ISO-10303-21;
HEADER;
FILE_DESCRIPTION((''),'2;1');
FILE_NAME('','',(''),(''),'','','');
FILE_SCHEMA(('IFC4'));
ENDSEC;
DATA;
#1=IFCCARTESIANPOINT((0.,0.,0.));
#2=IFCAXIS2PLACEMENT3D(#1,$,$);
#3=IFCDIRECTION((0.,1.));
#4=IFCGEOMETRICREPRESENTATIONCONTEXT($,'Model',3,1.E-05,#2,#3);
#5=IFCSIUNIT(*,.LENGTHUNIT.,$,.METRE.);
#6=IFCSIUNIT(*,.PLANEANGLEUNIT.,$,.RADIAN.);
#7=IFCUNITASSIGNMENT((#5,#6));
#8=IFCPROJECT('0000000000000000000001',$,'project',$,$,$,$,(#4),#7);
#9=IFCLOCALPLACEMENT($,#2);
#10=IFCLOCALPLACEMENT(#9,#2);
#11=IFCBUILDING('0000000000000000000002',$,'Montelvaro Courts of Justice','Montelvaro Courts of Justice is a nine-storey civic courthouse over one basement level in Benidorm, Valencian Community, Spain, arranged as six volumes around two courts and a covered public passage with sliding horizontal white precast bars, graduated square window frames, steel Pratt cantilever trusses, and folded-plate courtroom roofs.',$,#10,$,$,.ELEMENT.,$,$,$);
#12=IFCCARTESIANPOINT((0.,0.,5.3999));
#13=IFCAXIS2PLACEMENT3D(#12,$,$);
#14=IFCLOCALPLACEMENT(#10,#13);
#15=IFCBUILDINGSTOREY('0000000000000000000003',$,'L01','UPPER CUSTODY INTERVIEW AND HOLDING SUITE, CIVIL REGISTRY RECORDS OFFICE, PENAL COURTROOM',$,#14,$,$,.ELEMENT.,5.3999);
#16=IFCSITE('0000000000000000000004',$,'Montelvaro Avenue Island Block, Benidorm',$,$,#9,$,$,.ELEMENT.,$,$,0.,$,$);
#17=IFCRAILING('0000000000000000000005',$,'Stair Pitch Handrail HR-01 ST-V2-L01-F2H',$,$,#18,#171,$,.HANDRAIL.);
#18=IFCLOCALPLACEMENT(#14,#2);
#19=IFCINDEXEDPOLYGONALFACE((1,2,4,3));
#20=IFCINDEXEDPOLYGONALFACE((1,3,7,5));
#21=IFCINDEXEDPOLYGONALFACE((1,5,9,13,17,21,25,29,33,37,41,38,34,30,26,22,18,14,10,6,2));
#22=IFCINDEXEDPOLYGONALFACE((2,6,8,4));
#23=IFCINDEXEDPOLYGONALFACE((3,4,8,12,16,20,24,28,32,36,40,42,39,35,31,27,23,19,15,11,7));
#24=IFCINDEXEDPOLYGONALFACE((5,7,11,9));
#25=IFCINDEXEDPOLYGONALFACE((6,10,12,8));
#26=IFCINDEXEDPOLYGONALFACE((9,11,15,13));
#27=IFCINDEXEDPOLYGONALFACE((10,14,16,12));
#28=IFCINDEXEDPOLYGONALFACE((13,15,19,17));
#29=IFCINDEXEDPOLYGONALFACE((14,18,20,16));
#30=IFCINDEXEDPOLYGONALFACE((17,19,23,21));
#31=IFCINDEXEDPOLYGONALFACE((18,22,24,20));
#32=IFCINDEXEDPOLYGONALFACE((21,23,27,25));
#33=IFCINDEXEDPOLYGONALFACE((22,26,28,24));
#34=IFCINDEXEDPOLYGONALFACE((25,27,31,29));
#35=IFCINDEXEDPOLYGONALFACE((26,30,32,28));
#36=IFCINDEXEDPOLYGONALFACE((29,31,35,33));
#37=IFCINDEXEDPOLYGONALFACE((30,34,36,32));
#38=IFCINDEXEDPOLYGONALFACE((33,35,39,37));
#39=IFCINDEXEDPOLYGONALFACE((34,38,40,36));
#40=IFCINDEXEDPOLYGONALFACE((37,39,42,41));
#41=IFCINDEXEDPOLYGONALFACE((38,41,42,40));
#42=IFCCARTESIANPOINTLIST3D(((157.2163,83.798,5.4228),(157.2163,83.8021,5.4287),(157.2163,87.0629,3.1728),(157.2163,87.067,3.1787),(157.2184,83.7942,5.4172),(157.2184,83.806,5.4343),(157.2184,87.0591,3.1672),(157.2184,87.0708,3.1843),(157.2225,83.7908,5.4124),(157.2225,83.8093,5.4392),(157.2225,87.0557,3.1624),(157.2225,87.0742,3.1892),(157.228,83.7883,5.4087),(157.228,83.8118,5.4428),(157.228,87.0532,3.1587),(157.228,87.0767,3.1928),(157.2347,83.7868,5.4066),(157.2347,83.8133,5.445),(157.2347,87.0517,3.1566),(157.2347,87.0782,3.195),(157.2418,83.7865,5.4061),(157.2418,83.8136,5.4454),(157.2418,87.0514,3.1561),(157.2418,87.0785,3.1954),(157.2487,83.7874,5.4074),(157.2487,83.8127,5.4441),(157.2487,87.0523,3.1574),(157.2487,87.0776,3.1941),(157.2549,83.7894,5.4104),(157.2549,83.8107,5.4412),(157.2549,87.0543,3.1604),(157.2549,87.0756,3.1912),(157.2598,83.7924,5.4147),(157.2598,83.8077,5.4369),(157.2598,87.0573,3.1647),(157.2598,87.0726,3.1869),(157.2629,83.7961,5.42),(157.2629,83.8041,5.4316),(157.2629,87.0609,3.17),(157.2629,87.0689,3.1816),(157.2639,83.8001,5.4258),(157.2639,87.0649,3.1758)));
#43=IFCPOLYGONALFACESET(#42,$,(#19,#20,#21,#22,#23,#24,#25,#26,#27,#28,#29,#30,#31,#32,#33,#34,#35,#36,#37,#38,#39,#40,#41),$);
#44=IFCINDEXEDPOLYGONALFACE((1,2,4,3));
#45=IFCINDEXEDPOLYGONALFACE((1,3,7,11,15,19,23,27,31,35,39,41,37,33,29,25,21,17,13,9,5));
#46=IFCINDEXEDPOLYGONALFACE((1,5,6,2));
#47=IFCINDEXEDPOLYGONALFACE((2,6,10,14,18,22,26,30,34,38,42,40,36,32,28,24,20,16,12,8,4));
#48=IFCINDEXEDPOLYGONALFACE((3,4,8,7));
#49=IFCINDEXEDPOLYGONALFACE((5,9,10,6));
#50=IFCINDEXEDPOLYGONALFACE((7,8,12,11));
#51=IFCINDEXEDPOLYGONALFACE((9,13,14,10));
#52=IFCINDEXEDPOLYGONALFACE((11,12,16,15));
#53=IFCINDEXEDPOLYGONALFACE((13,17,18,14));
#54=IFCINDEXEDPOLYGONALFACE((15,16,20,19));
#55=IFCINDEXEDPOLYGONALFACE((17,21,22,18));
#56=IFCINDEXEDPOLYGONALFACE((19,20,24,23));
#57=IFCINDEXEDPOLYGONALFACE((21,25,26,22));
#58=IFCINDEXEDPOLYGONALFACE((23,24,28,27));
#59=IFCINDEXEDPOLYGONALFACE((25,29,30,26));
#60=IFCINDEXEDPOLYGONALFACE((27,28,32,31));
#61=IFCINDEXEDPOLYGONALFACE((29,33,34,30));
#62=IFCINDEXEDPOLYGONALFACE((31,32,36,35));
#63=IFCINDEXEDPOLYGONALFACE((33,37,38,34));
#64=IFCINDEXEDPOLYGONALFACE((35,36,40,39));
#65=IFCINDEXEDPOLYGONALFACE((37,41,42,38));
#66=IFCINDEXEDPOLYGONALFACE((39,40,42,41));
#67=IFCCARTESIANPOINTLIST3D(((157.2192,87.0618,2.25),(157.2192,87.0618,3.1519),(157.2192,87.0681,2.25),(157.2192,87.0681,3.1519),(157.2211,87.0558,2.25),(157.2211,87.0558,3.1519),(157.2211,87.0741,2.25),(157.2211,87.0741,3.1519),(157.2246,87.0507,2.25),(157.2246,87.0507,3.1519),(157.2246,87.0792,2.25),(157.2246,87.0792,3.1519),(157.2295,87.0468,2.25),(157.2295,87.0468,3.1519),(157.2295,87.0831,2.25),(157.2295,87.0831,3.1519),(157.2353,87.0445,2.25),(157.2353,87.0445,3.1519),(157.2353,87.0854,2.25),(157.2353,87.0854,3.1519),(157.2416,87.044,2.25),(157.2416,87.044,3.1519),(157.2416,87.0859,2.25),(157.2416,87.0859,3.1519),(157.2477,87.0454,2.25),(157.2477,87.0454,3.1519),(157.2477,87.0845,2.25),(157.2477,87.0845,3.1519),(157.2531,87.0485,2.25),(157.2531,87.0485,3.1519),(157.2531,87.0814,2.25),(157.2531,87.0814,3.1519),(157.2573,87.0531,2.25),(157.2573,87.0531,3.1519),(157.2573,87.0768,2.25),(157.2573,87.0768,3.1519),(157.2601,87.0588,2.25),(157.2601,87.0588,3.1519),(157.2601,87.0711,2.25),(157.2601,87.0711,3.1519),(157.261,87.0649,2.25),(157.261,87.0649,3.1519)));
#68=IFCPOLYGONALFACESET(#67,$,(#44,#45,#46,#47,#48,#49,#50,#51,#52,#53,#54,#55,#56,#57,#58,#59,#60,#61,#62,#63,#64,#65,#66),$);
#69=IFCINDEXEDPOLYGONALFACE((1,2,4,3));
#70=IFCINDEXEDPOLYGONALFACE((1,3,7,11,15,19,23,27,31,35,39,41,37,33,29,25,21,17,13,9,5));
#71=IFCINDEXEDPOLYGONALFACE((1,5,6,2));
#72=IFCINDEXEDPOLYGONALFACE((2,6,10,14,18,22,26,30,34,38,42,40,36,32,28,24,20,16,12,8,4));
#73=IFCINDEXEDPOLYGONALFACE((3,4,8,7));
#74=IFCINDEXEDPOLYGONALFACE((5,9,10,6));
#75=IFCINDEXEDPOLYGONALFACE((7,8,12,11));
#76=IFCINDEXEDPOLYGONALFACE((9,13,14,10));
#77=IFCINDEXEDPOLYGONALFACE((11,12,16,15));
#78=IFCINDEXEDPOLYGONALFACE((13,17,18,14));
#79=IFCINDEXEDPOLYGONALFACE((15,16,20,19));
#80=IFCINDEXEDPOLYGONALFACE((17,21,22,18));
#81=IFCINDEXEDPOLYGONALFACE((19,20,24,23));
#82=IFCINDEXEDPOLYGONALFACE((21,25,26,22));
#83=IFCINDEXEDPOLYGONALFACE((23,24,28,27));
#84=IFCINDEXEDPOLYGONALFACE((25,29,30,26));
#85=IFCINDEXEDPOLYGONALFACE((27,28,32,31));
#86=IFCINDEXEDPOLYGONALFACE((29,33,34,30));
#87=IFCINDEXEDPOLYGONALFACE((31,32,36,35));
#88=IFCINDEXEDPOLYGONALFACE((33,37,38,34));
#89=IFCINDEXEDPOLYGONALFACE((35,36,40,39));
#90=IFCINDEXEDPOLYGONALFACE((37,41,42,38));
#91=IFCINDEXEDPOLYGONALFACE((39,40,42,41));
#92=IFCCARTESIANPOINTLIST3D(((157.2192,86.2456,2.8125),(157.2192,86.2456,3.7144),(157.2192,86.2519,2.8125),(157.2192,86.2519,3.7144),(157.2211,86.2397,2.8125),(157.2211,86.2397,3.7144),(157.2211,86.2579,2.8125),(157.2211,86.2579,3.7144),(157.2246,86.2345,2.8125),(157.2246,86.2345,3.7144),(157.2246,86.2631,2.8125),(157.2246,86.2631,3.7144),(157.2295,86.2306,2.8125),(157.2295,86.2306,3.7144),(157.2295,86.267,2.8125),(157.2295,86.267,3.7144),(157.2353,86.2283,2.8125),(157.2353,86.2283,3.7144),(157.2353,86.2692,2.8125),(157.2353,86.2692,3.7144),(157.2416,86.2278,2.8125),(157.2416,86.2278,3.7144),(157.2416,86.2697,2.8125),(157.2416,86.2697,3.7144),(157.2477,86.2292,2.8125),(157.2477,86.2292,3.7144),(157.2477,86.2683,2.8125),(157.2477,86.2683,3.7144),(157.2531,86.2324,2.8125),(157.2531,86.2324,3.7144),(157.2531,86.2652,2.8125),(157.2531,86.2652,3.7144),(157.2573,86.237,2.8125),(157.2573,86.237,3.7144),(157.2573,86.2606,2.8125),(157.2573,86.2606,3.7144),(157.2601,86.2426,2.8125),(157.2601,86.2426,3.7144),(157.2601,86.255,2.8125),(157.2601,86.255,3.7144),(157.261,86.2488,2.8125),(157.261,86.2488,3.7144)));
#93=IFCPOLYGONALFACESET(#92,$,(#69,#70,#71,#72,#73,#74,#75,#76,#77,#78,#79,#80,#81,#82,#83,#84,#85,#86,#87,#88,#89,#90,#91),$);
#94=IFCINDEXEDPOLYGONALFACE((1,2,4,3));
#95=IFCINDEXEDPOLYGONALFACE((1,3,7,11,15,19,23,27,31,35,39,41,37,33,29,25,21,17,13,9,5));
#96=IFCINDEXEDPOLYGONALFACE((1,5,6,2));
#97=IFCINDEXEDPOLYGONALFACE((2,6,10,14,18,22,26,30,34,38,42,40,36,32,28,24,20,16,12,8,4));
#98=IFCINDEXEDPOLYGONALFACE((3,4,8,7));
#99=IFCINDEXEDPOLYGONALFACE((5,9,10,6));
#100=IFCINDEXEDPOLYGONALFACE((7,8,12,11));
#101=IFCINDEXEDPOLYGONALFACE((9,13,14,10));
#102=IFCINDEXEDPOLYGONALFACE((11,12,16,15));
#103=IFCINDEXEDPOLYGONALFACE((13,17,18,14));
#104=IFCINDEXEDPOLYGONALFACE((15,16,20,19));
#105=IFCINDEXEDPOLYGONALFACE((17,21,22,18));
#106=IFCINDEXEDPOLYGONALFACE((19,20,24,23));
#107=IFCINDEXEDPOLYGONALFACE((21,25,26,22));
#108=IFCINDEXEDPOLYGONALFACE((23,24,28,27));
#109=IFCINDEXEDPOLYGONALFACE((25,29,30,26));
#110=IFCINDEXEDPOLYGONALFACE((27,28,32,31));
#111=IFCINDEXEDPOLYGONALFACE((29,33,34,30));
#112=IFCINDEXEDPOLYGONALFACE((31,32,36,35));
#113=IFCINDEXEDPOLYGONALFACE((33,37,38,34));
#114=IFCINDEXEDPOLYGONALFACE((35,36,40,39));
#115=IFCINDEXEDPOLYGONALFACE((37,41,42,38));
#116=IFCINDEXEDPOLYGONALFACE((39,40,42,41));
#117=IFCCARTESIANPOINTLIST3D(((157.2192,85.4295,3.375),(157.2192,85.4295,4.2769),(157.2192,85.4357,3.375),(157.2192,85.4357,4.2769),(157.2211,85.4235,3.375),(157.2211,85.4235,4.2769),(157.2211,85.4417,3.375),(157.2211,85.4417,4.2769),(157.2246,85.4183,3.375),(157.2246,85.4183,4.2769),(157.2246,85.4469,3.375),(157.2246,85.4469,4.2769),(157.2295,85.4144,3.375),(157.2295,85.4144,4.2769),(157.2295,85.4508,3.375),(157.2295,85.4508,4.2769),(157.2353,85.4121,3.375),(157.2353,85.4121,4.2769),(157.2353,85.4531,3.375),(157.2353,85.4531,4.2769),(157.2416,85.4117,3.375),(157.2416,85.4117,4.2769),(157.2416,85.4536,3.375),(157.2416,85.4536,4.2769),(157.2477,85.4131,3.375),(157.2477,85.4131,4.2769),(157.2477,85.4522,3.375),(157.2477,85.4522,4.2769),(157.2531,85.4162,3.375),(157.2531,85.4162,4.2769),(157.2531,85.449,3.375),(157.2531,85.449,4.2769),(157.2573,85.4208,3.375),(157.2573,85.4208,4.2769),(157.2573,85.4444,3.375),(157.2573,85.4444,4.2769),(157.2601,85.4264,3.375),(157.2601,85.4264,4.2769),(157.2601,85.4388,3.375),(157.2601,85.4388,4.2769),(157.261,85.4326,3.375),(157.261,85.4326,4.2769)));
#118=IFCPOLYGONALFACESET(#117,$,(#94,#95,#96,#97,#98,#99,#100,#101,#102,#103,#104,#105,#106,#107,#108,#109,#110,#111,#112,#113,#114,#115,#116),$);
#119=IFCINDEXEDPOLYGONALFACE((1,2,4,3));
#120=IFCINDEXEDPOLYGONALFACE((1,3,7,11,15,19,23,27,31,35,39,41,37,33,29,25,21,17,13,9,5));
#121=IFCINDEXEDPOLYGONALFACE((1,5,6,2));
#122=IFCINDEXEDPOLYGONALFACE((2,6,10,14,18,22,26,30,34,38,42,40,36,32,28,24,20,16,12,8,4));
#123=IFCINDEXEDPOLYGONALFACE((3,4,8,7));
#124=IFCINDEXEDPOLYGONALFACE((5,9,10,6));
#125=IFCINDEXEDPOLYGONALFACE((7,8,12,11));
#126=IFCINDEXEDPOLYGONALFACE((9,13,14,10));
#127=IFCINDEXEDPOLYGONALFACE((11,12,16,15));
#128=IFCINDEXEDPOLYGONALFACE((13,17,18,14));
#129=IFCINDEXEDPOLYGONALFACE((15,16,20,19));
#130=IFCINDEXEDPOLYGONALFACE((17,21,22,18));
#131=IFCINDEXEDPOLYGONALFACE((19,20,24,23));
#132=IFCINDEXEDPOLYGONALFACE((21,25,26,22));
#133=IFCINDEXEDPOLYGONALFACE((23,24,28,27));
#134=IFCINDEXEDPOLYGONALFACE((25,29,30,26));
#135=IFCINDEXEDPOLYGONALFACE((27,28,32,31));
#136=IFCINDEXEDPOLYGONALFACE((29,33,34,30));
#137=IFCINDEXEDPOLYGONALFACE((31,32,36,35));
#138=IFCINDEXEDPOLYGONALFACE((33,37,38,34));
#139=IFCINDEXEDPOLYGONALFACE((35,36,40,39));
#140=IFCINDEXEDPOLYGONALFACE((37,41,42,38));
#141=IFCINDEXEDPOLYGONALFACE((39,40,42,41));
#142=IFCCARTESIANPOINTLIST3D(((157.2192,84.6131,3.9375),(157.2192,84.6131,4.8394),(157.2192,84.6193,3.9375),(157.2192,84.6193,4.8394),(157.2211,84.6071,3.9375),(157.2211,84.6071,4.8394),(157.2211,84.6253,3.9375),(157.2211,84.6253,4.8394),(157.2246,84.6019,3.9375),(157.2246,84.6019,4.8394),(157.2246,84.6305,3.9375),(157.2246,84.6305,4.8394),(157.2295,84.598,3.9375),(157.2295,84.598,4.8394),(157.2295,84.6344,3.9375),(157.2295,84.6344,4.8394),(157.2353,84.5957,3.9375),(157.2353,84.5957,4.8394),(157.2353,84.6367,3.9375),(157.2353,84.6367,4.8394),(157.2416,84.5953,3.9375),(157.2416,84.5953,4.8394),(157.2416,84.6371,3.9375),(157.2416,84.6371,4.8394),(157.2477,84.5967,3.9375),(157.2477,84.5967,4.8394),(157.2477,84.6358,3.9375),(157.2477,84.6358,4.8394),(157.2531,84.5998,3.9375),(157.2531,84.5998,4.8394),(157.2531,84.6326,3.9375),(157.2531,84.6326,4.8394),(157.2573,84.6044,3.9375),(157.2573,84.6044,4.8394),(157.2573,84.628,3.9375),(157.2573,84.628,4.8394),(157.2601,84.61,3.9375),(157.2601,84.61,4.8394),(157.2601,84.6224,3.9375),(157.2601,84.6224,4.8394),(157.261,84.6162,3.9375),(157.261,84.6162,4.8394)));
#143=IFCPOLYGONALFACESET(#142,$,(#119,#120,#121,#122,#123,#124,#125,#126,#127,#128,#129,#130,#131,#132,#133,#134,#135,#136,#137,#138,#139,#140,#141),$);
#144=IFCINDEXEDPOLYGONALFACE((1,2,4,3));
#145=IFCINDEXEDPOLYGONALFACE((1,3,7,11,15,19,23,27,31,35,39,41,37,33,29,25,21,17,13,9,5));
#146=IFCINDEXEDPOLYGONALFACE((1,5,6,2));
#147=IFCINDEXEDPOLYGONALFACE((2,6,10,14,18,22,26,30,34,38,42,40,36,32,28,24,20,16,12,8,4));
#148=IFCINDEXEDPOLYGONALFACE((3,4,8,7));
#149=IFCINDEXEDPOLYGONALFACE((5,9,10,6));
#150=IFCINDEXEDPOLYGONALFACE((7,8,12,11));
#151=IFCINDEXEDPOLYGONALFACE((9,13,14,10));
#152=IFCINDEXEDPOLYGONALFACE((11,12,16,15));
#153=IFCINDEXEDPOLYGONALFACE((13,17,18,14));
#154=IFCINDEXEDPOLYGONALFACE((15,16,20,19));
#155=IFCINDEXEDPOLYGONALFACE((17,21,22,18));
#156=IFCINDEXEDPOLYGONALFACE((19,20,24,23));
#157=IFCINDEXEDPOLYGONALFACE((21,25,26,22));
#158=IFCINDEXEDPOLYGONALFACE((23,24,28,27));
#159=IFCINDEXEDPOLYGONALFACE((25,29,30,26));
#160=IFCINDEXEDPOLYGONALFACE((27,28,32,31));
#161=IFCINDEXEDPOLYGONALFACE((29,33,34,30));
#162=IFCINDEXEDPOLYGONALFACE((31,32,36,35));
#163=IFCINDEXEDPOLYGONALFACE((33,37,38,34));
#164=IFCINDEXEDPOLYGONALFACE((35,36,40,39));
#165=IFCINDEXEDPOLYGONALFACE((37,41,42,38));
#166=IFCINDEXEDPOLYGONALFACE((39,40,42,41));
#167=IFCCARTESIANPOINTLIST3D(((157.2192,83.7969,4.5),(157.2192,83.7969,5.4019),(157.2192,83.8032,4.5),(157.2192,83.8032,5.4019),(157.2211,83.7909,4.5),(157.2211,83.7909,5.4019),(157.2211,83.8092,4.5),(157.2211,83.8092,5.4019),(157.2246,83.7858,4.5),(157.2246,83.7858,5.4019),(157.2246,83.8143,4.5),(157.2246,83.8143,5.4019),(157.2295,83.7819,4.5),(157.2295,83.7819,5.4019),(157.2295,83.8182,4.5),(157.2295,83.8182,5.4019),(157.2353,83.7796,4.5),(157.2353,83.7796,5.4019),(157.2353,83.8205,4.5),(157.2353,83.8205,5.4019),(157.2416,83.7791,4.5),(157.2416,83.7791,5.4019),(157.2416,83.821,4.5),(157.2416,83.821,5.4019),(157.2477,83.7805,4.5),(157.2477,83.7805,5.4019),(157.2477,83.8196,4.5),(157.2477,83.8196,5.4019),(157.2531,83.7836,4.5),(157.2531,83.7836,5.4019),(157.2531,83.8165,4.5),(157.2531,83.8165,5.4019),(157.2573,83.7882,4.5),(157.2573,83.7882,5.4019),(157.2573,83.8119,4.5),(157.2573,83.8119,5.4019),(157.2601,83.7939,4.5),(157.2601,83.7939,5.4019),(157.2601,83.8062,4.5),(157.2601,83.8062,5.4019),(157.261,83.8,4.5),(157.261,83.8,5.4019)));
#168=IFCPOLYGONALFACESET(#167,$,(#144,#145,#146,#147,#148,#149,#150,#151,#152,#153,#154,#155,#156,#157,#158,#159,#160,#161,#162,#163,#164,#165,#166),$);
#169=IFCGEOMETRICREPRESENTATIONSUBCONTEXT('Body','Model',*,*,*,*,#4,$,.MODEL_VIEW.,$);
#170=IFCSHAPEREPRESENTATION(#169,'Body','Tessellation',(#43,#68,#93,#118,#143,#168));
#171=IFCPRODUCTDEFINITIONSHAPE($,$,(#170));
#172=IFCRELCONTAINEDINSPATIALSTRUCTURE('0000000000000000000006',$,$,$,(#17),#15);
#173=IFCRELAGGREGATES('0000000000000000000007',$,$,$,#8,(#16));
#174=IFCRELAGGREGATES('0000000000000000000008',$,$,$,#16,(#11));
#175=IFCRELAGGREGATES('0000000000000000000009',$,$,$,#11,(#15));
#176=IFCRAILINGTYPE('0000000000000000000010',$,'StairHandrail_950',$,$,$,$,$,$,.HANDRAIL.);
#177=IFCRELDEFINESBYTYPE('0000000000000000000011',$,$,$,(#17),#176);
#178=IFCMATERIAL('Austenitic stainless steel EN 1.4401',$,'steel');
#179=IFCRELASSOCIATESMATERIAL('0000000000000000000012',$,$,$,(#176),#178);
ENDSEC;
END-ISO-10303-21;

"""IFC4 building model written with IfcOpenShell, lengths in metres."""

from ifc_helpers import new_model, si_unit, direction, frame, origin, origin_2d, place, context, subcontext, project, spatial, circle, extrude, material, type_object, element, save


model = new_model("IFC4")

# Units and contexts
model_context = context("Model", 3, precision=1e-05, world=origin(), true_north=direction((0.0, 1.0)))
body_context = subcontext(model_context, "Body", "Model", "MODEL_VIEW")
ifc_project = project(units=[si_unit("LENGTHUNIT", "METRE"), si_unit("PLANEANGLEUNIT", "RADIAN")], contexts=[model_context])

# Site, building, storey
site_placement = place(None, origin())
site = spatial("IfcSite", under=ifc_project, at=site_placement, Name="Montelvaro Avenue Island Block, Benidorm", CompositionType="ELEMENT", RefElevation=0.0)
building_placement = place(site_placement, origin())
building = spatial("IfcBuilding", under=site, at=building_placement, Name="Montelvaro Courts of Justice", Description="Montelvaro Courts of Justice is a nine-storey civic courthouse over one basement level in Benidorm, Valencian Community, Spain, arranged as six volumes around two courts and a covered public passage with sliding horizontal white precast bars, graduated square window frames, steel Pratt cantilever trusses, and folded-plate courtroom roofs.", CompositionType="ELEMENT")
storey_placement = place(building_placement, frame((0.0, 0.0, 5.3999)))
storey = spatial("IfcBuildingStorey", under=building, at=storey_placement, Name="L01", Description="UPPER CUSTODY INTERVIEW AND HOLDING SUITE, CIVIL REGISTRY RECORDS OFFICE, PENAL COURTROOM", CompositionType="ELEMENT", Elevation=5.3999)

# Railing
ifc_material_1 = material(Name="Austenitic stainless steel EN 1.4401", Category="steel")
railing_type_1 = type_object("IfcRailingType", Name="StairHandrail_950", PredefinedType="HANDRAIL", material=ifc_material_1)
railing_1_placement = place(storey_placement, frame((157.24, 87.0649, 2.25)))
element("IfcRailing", 1, at=railing_1_placement, inside=storey, type_object=railing_type_1, Name="Stair Pitch Handrail HR-01 ST-V2-L01-F2H", PredefinedType="HANDRAIL", context=body_context, shape_type="SweptSolid", body=[
    extrude(circle(Radius=0.0239, at=origin_2d()), frame((0.0, 0.0, 0.9258), z_axis=(0.0, -0.823407, 0.567451), x_axis=(1.0, 0.0, 0.0)), (0.0, 0.0, 1.0), 3.9651),
    extrude(circle(Radius=0.021, at=origin_2d()), origin(), (0.0, 0.0, 1.0), 0.9019),
    extrude(circle(Radius=0.021, at=origin_2d()), frame((0.0, -0.8162, 0.5625)), (0.0, 0.0, 1.0), 0.9019),
    extrude(circle(Radius=0.021, at=origin_2d()), frame((0.0, -1.6323, 1.125)), (0.0, 0.0, 1.0), 0.9019),
    extrude(circle(Radius=0.021, at=origin_2d()), frame((0.0, -2.4487, 1.6875)), (0.0, 0.0, 1.0), 0.9019),
    extrude(circle(Radius=0.021, at=origin_2d()), frame((0.0, -3.2649, 2.25)), (0.0, 0.0, 1.0), 0.9019),
])

save(model, "model.ifc")
